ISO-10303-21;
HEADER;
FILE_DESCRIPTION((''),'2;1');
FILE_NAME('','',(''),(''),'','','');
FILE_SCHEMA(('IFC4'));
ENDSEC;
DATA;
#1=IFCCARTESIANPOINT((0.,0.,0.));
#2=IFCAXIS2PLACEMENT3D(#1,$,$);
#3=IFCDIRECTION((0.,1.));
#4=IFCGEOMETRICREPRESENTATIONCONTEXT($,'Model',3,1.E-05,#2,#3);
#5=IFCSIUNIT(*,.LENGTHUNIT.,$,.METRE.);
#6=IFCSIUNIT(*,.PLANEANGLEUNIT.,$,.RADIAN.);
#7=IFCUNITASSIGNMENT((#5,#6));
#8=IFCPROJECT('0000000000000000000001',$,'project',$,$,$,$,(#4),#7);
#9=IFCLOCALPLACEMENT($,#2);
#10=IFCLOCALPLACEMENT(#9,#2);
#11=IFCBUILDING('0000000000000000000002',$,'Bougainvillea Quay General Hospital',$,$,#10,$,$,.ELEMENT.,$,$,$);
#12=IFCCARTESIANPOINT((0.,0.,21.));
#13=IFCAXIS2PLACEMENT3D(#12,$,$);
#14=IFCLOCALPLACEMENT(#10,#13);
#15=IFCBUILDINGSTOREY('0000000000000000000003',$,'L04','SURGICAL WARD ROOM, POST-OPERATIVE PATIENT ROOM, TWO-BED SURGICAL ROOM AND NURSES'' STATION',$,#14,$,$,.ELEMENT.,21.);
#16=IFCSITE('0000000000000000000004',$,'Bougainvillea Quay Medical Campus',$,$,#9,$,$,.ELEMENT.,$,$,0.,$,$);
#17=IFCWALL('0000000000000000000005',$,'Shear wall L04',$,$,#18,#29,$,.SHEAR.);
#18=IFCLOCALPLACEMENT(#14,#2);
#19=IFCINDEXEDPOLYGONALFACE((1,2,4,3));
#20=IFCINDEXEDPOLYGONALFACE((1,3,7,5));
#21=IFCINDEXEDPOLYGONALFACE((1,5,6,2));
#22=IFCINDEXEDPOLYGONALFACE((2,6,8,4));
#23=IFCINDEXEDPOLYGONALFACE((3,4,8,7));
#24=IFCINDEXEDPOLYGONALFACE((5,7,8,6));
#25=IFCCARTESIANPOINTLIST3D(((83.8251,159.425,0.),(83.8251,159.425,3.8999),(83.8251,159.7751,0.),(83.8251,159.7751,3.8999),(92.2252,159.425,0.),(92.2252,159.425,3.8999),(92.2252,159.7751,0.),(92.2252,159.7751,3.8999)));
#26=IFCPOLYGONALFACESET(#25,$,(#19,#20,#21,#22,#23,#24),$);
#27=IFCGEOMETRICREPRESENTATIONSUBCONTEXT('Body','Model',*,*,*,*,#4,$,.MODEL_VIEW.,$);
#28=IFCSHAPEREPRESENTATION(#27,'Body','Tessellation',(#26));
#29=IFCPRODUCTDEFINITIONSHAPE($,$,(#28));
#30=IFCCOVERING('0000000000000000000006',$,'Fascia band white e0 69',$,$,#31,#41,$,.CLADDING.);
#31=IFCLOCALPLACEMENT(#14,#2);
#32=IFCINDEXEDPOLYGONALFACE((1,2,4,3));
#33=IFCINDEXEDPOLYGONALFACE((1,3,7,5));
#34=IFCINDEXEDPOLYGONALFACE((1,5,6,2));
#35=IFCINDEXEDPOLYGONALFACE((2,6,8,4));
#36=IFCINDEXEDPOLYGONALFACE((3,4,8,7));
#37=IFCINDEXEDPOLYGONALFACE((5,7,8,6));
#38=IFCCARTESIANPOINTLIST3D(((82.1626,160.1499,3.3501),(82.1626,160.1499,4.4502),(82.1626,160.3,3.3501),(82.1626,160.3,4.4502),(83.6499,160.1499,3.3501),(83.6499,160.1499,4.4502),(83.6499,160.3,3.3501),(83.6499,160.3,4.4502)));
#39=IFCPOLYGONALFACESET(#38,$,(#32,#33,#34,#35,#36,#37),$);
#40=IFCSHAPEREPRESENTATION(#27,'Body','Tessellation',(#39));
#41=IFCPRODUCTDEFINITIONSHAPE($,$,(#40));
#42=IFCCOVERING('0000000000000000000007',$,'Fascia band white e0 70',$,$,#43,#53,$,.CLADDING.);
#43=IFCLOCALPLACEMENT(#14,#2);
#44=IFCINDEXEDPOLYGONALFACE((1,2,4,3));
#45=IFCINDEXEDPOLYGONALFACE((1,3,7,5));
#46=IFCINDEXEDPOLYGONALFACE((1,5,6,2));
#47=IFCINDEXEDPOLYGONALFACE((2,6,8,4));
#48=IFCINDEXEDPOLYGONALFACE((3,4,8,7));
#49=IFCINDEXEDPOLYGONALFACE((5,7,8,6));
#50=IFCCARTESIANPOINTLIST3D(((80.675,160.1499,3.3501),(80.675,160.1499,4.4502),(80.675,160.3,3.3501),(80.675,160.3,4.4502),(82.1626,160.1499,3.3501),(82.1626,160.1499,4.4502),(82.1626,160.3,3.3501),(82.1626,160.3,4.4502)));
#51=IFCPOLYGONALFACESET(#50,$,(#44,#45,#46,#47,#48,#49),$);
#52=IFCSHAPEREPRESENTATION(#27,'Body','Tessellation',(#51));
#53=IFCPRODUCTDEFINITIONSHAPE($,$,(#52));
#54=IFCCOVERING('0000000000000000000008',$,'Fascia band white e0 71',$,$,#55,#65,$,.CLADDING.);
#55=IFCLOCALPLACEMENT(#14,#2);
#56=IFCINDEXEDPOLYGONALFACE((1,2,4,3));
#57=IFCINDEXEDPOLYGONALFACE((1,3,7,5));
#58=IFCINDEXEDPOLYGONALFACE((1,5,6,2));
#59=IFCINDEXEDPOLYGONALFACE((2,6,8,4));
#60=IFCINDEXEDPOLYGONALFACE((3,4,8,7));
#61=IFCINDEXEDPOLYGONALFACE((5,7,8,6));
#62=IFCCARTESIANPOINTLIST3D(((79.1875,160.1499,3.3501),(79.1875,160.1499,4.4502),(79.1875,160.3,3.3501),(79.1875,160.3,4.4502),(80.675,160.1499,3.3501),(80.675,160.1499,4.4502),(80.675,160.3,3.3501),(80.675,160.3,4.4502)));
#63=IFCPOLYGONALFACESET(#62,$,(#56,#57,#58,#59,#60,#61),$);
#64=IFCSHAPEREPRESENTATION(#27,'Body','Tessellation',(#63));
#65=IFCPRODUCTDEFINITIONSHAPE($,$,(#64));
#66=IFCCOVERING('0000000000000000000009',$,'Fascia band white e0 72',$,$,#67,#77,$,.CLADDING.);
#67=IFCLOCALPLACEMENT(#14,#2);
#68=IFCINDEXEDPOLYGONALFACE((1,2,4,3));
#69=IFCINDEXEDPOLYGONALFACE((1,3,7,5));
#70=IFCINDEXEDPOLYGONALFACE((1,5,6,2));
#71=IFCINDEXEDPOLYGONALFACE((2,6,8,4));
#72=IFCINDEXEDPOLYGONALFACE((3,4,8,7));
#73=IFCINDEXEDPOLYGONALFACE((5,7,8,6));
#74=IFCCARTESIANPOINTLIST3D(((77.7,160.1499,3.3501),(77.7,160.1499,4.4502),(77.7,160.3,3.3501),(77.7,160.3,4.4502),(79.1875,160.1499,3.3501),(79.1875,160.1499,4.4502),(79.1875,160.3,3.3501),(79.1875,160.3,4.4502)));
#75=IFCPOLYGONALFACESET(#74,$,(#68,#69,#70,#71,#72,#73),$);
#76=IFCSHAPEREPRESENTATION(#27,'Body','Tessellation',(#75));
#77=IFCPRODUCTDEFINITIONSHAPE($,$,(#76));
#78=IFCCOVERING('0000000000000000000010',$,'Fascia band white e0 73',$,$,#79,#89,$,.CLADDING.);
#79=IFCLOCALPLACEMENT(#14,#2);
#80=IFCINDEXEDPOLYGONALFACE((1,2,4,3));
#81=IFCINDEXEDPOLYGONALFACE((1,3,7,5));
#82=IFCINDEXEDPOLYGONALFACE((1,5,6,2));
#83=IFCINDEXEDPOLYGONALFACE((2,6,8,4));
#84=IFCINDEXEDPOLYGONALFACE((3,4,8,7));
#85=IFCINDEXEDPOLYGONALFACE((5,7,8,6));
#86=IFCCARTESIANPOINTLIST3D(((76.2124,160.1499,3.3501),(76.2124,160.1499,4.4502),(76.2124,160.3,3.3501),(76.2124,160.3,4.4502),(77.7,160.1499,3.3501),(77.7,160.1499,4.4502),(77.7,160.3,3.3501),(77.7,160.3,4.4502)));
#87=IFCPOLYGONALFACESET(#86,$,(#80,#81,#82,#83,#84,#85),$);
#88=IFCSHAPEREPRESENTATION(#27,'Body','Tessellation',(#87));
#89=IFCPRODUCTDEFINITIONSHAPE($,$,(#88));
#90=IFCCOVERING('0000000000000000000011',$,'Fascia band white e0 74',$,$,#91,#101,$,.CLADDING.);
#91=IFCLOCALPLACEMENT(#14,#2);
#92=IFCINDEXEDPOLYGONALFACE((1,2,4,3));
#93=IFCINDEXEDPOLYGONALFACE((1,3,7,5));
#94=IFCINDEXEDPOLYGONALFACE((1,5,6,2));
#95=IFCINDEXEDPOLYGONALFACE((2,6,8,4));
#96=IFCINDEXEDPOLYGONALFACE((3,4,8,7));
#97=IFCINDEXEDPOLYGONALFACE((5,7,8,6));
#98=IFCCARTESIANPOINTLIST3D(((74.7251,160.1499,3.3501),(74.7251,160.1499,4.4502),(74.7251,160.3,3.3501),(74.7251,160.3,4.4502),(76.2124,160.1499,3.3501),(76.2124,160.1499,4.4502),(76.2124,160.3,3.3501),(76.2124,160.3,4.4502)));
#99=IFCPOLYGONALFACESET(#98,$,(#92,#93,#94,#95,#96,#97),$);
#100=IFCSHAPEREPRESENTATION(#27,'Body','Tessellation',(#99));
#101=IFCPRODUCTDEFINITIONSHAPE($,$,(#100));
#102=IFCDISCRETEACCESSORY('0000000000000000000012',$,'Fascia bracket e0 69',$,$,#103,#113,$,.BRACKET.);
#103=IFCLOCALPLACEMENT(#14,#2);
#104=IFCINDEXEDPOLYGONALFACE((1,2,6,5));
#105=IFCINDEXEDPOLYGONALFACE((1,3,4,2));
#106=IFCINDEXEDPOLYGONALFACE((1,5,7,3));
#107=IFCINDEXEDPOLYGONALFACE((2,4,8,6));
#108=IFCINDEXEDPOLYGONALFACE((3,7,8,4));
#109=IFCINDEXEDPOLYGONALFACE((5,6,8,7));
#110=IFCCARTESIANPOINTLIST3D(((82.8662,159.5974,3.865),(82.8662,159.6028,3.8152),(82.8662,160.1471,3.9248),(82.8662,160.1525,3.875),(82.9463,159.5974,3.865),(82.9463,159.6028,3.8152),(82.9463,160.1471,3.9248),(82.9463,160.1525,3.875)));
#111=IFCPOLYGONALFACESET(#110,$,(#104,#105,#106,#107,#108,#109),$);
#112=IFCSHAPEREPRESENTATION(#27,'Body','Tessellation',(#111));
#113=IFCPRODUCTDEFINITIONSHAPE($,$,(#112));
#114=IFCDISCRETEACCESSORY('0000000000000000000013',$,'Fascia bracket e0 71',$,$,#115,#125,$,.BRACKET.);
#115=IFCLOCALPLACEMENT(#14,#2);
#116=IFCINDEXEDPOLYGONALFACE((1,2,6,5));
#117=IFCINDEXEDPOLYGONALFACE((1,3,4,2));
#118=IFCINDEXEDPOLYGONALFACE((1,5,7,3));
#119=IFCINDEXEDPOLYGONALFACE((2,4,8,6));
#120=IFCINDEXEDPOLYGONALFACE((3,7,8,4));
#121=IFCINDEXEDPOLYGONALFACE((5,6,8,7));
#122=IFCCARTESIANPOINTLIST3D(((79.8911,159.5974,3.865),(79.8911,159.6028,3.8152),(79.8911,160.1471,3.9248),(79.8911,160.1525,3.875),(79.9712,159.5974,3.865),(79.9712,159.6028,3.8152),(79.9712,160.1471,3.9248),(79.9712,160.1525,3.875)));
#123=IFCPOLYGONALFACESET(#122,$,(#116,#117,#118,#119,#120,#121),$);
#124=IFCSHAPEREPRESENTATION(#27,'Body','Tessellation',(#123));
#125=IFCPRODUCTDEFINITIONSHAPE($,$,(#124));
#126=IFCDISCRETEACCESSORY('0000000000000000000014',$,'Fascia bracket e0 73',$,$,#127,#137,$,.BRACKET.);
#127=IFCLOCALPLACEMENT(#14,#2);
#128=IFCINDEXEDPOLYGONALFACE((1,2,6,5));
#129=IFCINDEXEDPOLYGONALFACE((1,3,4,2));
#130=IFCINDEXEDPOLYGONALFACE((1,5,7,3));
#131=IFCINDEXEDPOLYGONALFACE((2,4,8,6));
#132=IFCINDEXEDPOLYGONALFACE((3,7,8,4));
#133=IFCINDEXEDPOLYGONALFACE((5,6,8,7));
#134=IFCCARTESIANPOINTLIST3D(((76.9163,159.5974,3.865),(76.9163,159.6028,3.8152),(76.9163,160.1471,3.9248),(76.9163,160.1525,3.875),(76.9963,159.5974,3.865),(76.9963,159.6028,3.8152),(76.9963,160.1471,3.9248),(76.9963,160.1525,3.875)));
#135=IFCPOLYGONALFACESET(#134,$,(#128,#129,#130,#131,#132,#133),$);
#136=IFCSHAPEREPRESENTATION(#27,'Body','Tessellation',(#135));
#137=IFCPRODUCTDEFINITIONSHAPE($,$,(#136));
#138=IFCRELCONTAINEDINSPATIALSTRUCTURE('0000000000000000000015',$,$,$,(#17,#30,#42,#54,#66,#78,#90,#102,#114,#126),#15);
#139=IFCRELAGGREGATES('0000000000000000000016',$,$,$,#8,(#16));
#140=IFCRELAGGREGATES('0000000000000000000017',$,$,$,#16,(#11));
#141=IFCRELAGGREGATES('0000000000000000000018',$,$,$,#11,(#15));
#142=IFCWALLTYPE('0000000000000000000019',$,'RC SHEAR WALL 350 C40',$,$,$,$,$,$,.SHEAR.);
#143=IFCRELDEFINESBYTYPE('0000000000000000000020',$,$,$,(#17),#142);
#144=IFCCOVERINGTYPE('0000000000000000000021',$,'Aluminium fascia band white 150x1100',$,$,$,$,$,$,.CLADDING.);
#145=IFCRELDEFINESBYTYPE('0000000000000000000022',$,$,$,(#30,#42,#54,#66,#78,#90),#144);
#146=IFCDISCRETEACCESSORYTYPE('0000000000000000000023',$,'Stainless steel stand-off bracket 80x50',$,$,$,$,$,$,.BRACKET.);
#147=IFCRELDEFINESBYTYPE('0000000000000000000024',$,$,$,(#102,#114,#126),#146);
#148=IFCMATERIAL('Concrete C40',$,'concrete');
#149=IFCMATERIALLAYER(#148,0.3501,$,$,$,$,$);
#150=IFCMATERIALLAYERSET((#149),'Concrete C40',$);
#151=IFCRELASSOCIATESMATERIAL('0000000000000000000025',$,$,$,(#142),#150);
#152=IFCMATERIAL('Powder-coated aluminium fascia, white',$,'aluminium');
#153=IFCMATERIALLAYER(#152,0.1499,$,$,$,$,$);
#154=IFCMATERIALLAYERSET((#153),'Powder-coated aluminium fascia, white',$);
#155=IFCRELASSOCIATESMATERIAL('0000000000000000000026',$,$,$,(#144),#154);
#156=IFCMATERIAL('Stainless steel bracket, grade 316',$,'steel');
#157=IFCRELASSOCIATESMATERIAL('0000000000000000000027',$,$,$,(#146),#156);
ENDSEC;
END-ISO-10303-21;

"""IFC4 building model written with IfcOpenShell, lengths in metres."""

from ifc_helpers import new_model, si_unit, direction, frame, frame_2d, origin, origin_2d, place, context, subcontext, project, spatial, polyline, rectangle, outline, extrude, material, layer, layer_set, material_profile, profile_set, type_object, element, save


model = new_model("IFC4")

# Units and contexts
model_context = context("Model", 3, precision=1e-05, world=origin(), true_north=direction((0.0, 1.0)))
body_context = subcontext(model_context, "Body", "Model", "MODEL_VIEW")
ifc_project = project(units=[si_unit("LENGTHUNIT", "METRE"), si_unit("PLANEANGLEUNIT", "RADIAN")], contexts=[model_context])

# Site, building, storey
site_placement = place(None, origin())
site = spatial("IfcSite", under=ifc_project, at=site_placement, Name="Bougainvillea Quay Medical Campus", CompositionType="ELEMENT", RefElevation=0.0)
building_placement = place(site_placement, origin())
building = spatial("IfcBuilding", under=site, at=building_placement, Name="Bougainvillea Quay General Hospital", CompositionType="ELEMENT")
storey_placement = place(building_placement, frame((0.0, 0.0, 21.0)))
storey = spatial("IfcBuildingStorey", under=building, at=storey_placement, Name="L04", Description="SURGICAL WARD ROOM, POST-OPERATIVE PATIENT ROOM, TWO-BED SURGICAL ROOM AND NURSES' STATION", CompositionType="ELEMENT", Elevation=21.0)

# Shared definitions
ifc_material_1 = material(Name="Concrete C40", Category="concrete")

# Wall
ifc_layer_1 = layer(ifc_material_1, 0.3501)
ifc_layer_set_1 = layer_set([ifc_layer_1], Name="Concrete C40")
wall_type = type_object("IfcWallType", Name="RC SHEAR WALL 350 C40", PredefinedType="SHEAR", material=ifc_layer_set_1)
wall_placement = place(storey_placement, frame((83.825, 159.6001, 0.0), z_axis=(0.0, 0.0, 1.0), x_axis=(1.0, 0.0, 0.0)))
element("IfcWall", 1, at=wall_placement, inside=storey, type_object=wall_type, Name="Shear wall L04", PredefinedType="SHEAR", context=body_context, shape_type="SweptSolid", body=[
    extrude(rectangle(XDim=8.4001, YDim=0.3501, at=frame_2d((4.2002, 0.0))), origin(), (0.0, 0.0, 1.0), 3.8999),
])

# Coverings
ifc_material_2 = material(Name="Powder-coated aluminium fascia, white", Category="aluminium")
ifc_layer_2 = layer(ifc_material_2, 0.1499)
ifc_layer_set_2 = layer_set([ifc_layer_2], Name="Powder-coated aluminium fascia, white")
covering_type = type_object("IfcCoveringType", Name="Aluminium fascia band white 150x1100", PredefinedType="CLADDING", material=ifc_layer_set_2)
covering_1_placement = place(storey_placement, frame((83.6499, 160.1499, 3.3501), z_axis=(0.0, 0.0, 1.0), x_axis=(-1.0, 0.0, 0.0)))
element("IfcCovering", 2, at=covering_1_placement, inside=storey, type_object=covering_type, Name="Fascia band white e0 69", PredefinedType="CLADDING", context=body_context, shape_type="SweptSolid", body=[
    extrude(outline(polyline([(0.0, 0.0), (1.4873, 0.0), (1.4873, -0.1501), (0.0, -0.1501), (0.0, 0.0)])), origin(), (0.0, 0.0, 1.0), 1.1001),
])
for number, where, z_axis, x_axis, name in (
    (3, (82.1626, 160.1499, 3.3501), (0.0, 0.0, 1.0), (-1.0, 0.0, 0.0), "Fascia band white e0 70"),
    (4, (80.675, 160.1499, 3.3501), (0.0, 0.0, 1.0), (-1.0, 0.0, 0.0), "Fascia band white e0 71"),
    (5, (79.1875, 160.1499, 3.3501), (0.0, 0.0, 1.0), (-1.0, 0.0, 0.0), "Fascia band white e0 72"),
    (6, (77.7, 160.1499, 3.3501), (0.0, 0.0, 1.0), (-1.0, 0.0, 0.0), "Fascia band white e0 73"),
):
    element("IfcCovering", number, at=place(storey_placement, frame(where, z_axis=z_axis, x_axis=x_axis)), inside=storey, type_object=covering_type, Name=name, PredefinedType="CLADDING", context=body_context, shape_type="SweptSolid", body=[
        extrude(outline(polyline([(0.0, 0.0), (1.4875, 0.0), (1.4875, -0.1501), (0.0, -0.1501), (0.0, 0.0)])), origin(), (0.0, 0.0, 1.0), 1.1001),
    ])
covering_2_placement = place(storey_placement, frame((76.2124, 160.1499, 3.3501), z_axis=(0.0, 0.0, 1.0), x_axis=(-1.0, 0.0, 0.0)))
element("IfcCovering", 7, at=covering_2_placement, inside=storey, type_object=covering_type, Name="Fascia band white e0 74", PredefinedType="CLADDING", context=body_context, shape_type="SweptSolid", body=[
    extrude(outline(polyline([(0.0, 0.0), (1.4873, 0.0), (1.4873, -0.1501), (0.0, -0.1501), (0.0, 0.0)])), origin(), (0.0, 0.0, 1.0), 1.1001),
])

# Discrete accessories
ifc_material_3 = material(Name="Stainless steel bracket, grade 316", Category="steel")
ifc_material_profile_1 = material_profile(ifc_material_3, rectangle(XDim=0.0801, YDim=0.05, at=origin_2d()))
ifc_profile_set_1 = profile_set([ifc_material_profile_1], Name="Stainless steel bracket, grade 316")
discrete_accessory_type = type_object("IfcDiscreteAccessoryType", Name="Stainless steel stand-off bracket 80x50", PredefinedType="BRACKET", material=ifc_profile_set_1)
for number, where, z_axis, x_axis, name in (
    (8, (82.9062, 159.6001, 3.8401), (0.0, 0.994134, 0.108154), (-1.0, 0.0, 0.0), "Fascia bracket e0 69"),
    (9, (79.9312, 159.6001, 3.8401), (0.0, 0.994134, 0.108154), (-1.0, 0.0, 0.0), "Fascia bracket e0 71"),
    (10, (76.9563, 159.6001, 3.8401), (0.0, 0.994134, 0.108154), (-1.0, 0.0, 0.0), "Fascia bracket e0 73"),
):
    element("IfcDiscreteAccessory", number, at=place(storey_placement, frame(where, z_axis=z_axis, x_axis=x_axis)), inside=storey, type_object=discrete_accessory_type, Name=name, PredefinedType="BRACKET", context=body_context, shape_type="SweptSolid", body=[
        extrude(rectangle(XDim=0.0801, YDim=0.05, at=origin_2d()), origin(), (0.0, 0.0, 1.0), 0.553),
    ])

save(model, "model.ifc")
